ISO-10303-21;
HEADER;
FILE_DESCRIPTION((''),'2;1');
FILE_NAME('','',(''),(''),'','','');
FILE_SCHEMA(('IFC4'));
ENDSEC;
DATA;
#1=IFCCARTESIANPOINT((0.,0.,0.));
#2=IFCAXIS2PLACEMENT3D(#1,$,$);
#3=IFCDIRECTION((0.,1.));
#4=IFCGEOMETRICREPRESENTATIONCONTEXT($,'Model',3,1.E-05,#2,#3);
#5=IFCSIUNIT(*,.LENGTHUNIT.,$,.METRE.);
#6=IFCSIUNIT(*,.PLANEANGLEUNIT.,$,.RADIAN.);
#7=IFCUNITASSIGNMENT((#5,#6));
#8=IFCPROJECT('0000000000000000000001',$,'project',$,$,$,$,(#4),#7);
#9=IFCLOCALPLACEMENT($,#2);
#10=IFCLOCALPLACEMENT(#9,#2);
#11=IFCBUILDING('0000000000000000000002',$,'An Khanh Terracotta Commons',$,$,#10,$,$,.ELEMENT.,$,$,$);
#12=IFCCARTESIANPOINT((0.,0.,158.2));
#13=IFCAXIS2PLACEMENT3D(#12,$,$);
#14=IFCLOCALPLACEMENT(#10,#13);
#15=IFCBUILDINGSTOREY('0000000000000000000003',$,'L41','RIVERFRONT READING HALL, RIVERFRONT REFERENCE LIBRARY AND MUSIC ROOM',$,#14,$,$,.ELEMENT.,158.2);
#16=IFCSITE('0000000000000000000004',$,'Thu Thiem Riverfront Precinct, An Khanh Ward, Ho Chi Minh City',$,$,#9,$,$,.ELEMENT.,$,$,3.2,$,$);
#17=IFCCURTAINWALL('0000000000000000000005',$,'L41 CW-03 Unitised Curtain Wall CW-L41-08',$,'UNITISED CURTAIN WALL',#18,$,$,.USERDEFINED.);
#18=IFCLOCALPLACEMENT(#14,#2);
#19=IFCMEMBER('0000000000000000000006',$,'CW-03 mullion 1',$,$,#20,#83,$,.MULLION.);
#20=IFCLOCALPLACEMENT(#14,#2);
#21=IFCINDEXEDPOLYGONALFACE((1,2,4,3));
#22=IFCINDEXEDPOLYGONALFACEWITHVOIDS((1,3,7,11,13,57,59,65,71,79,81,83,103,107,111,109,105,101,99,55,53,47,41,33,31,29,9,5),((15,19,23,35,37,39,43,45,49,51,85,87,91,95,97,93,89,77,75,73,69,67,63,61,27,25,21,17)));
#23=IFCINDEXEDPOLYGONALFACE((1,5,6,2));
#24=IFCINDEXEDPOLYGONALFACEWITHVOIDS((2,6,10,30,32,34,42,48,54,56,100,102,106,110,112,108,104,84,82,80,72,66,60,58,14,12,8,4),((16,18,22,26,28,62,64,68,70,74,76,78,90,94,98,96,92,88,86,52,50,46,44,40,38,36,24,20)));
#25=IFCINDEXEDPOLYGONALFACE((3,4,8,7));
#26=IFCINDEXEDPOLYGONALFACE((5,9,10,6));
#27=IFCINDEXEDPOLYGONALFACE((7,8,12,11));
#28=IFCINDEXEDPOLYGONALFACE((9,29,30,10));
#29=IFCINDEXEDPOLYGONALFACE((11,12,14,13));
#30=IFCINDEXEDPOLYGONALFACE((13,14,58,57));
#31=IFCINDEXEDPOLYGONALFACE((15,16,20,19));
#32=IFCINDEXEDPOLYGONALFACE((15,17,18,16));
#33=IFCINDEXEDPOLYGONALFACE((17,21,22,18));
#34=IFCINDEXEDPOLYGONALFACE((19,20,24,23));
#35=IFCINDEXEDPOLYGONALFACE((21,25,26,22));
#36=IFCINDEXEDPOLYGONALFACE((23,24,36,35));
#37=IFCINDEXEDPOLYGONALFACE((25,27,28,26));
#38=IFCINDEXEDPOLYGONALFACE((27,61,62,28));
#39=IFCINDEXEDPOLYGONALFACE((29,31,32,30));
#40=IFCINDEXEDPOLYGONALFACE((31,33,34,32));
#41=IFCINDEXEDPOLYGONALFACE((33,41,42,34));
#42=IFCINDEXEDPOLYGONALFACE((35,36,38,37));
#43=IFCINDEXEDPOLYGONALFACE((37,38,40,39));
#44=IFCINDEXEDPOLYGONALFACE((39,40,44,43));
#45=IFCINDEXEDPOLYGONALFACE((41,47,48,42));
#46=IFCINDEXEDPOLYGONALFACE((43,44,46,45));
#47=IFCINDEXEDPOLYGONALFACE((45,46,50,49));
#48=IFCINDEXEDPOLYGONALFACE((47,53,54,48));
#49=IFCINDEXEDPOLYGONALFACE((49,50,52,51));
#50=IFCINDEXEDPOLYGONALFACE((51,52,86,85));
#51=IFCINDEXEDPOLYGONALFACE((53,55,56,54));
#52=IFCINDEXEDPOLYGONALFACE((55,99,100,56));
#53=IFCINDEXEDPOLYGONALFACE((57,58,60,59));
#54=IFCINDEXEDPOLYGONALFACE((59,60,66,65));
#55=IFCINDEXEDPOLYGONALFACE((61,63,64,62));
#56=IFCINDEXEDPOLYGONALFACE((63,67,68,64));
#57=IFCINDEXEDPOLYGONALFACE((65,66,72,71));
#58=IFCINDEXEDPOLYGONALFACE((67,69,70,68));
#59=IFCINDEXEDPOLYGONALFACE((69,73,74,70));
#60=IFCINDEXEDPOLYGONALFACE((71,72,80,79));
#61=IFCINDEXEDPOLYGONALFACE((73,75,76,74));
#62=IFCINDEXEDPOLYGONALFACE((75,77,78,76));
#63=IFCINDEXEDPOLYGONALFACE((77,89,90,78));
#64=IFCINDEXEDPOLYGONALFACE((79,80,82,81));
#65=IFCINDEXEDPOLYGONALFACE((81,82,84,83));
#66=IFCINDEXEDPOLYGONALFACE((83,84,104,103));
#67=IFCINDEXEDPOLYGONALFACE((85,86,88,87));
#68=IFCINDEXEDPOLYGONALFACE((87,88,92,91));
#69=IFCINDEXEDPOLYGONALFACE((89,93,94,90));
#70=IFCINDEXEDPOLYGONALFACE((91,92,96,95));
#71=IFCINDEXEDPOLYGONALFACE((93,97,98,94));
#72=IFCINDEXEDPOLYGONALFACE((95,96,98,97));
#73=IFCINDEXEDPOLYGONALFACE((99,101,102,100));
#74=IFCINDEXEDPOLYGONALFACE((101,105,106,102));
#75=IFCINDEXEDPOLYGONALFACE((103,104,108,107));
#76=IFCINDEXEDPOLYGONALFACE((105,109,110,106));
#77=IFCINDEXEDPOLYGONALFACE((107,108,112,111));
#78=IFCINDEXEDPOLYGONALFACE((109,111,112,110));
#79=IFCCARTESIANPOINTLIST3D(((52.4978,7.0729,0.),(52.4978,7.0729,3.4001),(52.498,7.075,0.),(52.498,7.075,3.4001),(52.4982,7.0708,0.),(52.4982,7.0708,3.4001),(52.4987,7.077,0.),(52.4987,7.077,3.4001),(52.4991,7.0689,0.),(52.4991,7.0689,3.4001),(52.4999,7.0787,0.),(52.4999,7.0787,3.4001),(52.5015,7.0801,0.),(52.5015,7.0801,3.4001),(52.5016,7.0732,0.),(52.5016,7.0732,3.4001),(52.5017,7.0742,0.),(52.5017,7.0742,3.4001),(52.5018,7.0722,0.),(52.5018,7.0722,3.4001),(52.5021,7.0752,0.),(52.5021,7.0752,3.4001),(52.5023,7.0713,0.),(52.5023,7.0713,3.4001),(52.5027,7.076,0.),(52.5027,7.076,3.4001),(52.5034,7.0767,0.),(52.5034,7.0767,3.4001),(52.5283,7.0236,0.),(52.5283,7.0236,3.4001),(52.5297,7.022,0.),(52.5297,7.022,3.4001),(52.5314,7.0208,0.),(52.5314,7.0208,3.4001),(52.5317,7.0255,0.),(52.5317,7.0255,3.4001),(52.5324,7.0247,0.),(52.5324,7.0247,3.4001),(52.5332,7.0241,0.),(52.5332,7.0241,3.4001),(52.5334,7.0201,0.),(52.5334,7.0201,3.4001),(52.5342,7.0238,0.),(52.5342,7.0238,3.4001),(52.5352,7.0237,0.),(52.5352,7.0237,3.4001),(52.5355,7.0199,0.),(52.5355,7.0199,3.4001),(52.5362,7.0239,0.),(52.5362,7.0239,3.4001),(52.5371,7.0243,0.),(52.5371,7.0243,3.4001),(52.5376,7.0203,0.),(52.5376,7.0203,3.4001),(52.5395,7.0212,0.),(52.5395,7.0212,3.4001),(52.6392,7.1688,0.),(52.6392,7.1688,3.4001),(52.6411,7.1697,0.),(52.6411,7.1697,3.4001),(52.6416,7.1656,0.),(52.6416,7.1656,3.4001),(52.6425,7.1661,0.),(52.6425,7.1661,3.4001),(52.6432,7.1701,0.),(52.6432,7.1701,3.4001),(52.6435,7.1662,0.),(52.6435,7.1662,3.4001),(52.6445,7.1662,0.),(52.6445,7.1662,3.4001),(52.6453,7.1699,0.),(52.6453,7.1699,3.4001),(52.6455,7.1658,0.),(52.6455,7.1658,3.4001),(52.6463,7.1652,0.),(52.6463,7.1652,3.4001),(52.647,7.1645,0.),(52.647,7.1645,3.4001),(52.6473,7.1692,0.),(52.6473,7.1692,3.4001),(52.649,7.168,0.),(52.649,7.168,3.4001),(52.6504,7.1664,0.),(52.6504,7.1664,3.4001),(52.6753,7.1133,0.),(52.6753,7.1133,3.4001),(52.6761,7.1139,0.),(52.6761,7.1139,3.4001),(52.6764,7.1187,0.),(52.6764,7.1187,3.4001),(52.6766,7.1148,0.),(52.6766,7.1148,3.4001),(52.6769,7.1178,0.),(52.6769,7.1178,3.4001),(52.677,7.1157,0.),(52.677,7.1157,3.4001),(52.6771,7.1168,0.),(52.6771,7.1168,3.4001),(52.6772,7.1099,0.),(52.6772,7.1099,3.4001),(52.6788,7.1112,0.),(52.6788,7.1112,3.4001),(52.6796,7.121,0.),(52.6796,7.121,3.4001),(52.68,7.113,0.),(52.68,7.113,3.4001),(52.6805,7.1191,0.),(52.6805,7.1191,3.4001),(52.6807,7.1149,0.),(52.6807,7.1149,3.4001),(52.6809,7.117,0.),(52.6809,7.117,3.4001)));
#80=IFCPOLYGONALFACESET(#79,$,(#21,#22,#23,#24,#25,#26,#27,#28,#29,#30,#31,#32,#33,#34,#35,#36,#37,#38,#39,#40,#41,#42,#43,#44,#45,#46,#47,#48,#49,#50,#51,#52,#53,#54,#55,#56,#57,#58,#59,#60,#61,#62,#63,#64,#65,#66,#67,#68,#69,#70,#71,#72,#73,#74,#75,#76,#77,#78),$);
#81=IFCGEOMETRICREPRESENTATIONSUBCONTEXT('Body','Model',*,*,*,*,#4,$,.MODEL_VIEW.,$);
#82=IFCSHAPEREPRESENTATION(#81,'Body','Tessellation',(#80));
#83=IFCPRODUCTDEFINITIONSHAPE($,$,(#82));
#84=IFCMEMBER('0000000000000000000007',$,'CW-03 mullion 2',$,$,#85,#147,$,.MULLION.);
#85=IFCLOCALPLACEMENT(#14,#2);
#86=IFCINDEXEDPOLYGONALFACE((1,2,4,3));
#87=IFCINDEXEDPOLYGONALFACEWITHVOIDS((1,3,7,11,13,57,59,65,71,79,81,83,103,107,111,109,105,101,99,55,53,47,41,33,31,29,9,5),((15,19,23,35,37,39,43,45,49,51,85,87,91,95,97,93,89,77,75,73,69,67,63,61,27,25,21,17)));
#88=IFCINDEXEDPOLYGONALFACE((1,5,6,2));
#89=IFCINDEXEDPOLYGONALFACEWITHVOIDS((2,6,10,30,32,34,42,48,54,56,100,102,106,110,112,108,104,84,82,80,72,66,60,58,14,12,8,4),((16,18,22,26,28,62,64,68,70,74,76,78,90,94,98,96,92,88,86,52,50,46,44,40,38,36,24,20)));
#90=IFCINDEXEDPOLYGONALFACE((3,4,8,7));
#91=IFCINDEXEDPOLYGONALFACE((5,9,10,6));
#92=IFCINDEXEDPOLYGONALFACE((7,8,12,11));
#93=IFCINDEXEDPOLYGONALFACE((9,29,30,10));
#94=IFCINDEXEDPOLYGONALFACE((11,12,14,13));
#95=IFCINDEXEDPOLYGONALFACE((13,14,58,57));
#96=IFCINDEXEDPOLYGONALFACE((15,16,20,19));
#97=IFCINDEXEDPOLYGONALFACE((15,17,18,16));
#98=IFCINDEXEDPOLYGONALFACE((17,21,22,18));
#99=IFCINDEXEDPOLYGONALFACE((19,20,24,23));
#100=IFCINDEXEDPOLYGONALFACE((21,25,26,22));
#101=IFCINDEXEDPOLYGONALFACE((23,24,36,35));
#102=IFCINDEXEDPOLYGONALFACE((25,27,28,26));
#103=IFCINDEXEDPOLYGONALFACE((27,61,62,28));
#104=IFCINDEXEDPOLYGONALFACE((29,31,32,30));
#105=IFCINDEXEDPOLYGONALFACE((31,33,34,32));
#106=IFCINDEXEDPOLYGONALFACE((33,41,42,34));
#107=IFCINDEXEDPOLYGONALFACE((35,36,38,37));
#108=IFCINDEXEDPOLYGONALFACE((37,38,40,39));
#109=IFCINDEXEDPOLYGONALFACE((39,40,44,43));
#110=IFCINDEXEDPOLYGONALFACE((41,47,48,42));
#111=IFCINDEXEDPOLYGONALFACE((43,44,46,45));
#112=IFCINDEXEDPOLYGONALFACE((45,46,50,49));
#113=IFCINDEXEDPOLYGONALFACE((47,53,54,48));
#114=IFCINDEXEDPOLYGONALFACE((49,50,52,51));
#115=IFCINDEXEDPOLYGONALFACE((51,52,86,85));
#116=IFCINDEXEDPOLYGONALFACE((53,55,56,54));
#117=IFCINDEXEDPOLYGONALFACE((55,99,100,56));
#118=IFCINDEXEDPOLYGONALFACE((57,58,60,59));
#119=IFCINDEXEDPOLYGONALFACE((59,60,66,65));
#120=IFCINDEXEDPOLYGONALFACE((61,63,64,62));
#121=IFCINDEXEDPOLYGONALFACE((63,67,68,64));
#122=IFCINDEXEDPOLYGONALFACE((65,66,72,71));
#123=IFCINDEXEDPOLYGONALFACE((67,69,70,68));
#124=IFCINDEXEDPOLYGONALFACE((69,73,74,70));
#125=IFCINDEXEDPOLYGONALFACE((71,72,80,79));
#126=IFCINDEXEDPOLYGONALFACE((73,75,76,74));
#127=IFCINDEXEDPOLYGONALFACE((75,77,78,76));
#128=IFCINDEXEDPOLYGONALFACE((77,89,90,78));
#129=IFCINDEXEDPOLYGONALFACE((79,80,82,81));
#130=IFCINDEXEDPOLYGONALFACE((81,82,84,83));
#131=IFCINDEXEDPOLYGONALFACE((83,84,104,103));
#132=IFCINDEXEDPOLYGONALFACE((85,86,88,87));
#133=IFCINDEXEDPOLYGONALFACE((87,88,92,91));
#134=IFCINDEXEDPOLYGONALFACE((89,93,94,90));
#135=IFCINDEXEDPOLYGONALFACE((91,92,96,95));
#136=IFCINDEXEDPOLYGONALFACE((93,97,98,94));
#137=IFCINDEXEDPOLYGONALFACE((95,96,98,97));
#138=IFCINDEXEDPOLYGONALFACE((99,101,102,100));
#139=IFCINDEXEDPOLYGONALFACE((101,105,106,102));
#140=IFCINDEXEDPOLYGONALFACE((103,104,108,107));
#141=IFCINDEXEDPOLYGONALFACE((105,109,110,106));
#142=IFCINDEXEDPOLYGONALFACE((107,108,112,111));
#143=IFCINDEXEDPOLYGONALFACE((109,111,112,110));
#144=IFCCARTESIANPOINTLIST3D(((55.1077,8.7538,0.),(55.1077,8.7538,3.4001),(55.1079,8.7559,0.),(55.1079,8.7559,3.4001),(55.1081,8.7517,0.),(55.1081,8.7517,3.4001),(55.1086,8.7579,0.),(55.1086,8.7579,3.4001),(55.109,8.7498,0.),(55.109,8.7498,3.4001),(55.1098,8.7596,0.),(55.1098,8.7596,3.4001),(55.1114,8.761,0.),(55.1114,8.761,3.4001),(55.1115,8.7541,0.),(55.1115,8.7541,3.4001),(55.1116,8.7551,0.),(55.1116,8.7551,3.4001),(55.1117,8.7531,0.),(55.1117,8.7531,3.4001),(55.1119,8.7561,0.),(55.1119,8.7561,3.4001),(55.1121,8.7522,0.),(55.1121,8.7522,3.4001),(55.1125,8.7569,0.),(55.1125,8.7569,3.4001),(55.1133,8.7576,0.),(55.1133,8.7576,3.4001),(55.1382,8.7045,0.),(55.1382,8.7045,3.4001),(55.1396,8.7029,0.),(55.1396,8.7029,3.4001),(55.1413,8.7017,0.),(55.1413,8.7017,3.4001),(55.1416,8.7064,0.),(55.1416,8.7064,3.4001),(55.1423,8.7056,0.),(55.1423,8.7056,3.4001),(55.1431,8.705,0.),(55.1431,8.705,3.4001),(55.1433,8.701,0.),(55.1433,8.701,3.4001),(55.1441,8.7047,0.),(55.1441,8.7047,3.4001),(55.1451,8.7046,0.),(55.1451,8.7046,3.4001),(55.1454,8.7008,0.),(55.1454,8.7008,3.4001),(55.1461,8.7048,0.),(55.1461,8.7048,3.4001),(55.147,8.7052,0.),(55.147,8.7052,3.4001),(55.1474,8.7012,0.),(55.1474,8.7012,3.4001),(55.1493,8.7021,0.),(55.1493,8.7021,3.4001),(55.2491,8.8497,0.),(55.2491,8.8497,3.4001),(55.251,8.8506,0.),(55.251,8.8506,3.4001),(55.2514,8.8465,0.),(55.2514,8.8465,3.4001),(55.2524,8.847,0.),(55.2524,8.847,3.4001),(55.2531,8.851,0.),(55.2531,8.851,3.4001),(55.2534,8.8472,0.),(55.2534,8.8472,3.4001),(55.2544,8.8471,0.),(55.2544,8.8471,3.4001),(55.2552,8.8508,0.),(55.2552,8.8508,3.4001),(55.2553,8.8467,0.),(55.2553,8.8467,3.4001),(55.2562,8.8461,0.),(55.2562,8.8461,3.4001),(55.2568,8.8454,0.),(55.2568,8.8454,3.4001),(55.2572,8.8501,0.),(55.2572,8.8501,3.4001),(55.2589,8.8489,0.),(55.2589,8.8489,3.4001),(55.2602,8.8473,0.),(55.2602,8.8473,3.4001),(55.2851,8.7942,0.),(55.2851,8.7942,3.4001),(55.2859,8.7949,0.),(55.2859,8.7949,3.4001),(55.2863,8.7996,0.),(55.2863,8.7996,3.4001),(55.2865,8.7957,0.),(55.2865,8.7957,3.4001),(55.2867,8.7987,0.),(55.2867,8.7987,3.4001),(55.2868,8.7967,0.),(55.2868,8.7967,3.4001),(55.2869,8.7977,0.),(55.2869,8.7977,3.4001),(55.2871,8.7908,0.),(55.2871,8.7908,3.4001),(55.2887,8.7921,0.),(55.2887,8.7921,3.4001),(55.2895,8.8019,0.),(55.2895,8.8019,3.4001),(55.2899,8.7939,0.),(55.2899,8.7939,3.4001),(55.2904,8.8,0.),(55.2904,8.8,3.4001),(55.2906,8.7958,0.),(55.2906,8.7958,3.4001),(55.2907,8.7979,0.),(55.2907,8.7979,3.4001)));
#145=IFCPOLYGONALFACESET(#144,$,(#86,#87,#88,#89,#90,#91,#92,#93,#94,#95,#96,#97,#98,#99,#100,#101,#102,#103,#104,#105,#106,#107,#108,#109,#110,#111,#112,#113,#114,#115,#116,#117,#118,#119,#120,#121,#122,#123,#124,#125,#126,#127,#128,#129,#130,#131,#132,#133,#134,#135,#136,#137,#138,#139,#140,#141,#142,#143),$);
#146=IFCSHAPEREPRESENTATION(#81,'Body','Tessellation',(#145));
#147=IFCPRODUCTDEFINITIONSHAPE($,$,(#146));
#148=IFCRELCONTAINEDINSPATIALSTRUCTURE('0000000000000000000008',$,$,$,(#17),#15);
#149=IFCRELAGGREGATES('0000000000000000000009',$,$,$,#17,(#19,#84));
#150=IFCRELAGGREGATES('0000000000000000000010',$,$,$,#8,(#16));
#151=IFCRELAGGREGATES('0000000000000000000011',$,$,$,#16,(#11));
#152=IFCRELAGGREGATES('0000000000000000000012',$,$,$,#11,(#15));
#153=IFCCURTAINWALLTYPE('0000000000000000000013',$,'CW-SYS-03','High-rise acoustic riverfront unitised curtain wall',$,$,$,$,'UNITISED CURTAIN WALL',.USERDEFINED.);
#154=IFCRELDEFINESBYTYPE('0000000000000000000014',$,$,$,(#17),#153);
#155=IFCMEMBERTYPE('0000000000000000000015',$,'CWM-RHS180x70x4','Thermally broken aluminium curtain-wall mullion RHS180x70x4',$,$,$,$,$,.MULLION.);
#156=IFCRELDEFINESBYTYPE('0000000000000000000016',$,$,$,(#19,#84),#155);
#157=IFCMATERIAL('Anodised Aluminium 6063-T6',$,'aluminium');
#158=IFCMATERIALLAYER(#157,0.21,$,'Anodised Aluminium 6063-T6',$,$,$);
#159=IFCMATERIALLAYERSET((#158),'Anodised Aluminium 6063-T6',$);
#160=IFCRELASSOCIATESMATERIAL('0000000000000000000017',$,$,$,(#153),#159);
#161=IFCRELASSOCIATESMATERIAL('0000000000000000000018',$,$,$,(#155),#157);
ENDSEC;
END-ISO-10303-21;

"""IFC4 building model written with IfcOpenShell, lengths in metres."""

from ifc_helpers import new_model, si_unit, direction, frame, origin, origin_2d, place, context, subcontext, project, spatial, hollow_rectangle, extrude, material, layer, layer_set, material_profile, profile_set, type_object, element, aggregate, save


model = new_model("IFC4")

# Units and contexts
model_context = context("Model", 3, precision=1e-05, world=origin(), true_north=direction((0.0, 1.0)))
body_context = subcontext(model_context, "Body", "Model", "MODEL_VIEW")
ifc_project = project(units=[si_unit("LENGTHUNIT", "METRE"), si_unit("PLANEANGLEUNIT", "RADIAN")], contexts=[model_context])

# Site, building, storey
site_placement = place(None, origin())
site = spatial("IfcSite", under=ifc_project, at=site_placement, Name="Thu Thiem Riverfront Precinct, An Khanh Ward, Ho Chi Minh City", CompositionType="ELEMENT", RefElevation=3.2)
building_placement = place(site_placement, origin())
building = spatial("IfcBuilding", under=site, at=building_placement, Name="An Khanh Terracotta Commons", CompositionType="ELEMENT")
storey_placement = place(building_placement, frame((0.0, 0.0, 158.2)))
storey = spatial("IfcBuildingStorey", under=building, at=storey_placement, Name="L41", Description="RIVERFRONT READING HALL, RIVERFRONT REFERENCE LIBRARY AND MUSIC ROOM", CompositionType="ELEMENT", Elevation=158.2)

# Curtain wall, members
ifc_material_1 = material(Name="Anodised Aluminium 6063-T6", Category="aluminium")
ifc_layer_1 = layer(ifc_material_1, 0.21, Name="Anodised Aluminium 6063-T6")
ifc_layer_set_1 = layer_set([ifc_layer_1], Name="Anodised Aluminium 6063-T6")
curtain_wall_type = type_object("IfcCurtainWallType", Name="CW-SYS-03", Description="High-rise acoustic riverfront unitised curtain wall", ElementType="UNITISED CURTAIN WALL", PredefinedType="USERDEFINED", material=ifc_layer_set_1)
curtain_wall_placement = place(storey_placement, origin())
curtain_wall = element("IfcCurtainWall", 1, at=curtain_wall_placement, inside=storey, type_object=curtain_wall_type, Name="L41 CW-03 Unitised Curtain Wall CW-L41-08", ObjectType="UNITISED CURTAIN WALL", PredefinedType="USERDEFINED")
ifc_material_profile_1 = material_profile(ifc_material_1, hollow_rectangle(XDim=0.0701, YDim=0.1799, WallThickness=0.0039, InnerFilletRadius=0.0039, OuterFilletRadius=0.0081, at=origin_2d()), Name="RHS180x70x4")
ifc_profile_set_1 = profile_set([ifc_material_profile_1], Name="Anodised Aluminium 6063-T6")
member_type_1 = type_object("IfcMemberType", Name="CWM-RHS180x70x4", Description="Thermally broken aluminium curtain-wall mullion RHS180x70x4", PredefinedType="MULLION", material=ifc_profile_set_1)
member_1_placement = place(storey_placement, frame((52.5894, 7.095, 0.0), z_axis=(0.0, 0.0, 1.0), x_axis=(-0.541498, 0.840702, 0.0)))
member_1 = element("IfcMember", 2, at=member_1_placement, type_object=member_type_1, Name="CW-03 mullion 1", PredefinedType="MULLION", context=body_context, shape_type="SweptSolid", body=[
    extrude(hollow_rectangle(XDim=0.0701, YDim=0.1799, WallThickness=0.0039, InnerFilletRadius=0.0039, OuterFilletRadius=0.0081, at=origin_2d()), origin(), (0.0, 0.0, 1.0), 3.4001),
])
member_2_placement = place(storey_placement, frame((55.1992, 8.7759, 0.0), z_axis=(0.0, 0.0, 1.0), x_axis=(-0.541498, 0.840702, 0.0)))
member_2 = element("IfcMember", 3, at=member_2_placement, type_object=member_type_1, Name="CW-03 mullion 2", PredefinedType="MULLION", context=body_context, shape_type="SweptSolid", body=[
    extrude(hollow_rectangle(XDim=0.0701, YDim=0.1799, WallThickness=0.0039, InnerFilletRadius=0.0039, OuterFilletRadius=0.0081, at=origin_2d()), origin(), (0.0, 0.0, 1.0), 3.4001),
])
aggregate(curtain_wall, [member_1, member_2])

save(model, "model.ifc")
